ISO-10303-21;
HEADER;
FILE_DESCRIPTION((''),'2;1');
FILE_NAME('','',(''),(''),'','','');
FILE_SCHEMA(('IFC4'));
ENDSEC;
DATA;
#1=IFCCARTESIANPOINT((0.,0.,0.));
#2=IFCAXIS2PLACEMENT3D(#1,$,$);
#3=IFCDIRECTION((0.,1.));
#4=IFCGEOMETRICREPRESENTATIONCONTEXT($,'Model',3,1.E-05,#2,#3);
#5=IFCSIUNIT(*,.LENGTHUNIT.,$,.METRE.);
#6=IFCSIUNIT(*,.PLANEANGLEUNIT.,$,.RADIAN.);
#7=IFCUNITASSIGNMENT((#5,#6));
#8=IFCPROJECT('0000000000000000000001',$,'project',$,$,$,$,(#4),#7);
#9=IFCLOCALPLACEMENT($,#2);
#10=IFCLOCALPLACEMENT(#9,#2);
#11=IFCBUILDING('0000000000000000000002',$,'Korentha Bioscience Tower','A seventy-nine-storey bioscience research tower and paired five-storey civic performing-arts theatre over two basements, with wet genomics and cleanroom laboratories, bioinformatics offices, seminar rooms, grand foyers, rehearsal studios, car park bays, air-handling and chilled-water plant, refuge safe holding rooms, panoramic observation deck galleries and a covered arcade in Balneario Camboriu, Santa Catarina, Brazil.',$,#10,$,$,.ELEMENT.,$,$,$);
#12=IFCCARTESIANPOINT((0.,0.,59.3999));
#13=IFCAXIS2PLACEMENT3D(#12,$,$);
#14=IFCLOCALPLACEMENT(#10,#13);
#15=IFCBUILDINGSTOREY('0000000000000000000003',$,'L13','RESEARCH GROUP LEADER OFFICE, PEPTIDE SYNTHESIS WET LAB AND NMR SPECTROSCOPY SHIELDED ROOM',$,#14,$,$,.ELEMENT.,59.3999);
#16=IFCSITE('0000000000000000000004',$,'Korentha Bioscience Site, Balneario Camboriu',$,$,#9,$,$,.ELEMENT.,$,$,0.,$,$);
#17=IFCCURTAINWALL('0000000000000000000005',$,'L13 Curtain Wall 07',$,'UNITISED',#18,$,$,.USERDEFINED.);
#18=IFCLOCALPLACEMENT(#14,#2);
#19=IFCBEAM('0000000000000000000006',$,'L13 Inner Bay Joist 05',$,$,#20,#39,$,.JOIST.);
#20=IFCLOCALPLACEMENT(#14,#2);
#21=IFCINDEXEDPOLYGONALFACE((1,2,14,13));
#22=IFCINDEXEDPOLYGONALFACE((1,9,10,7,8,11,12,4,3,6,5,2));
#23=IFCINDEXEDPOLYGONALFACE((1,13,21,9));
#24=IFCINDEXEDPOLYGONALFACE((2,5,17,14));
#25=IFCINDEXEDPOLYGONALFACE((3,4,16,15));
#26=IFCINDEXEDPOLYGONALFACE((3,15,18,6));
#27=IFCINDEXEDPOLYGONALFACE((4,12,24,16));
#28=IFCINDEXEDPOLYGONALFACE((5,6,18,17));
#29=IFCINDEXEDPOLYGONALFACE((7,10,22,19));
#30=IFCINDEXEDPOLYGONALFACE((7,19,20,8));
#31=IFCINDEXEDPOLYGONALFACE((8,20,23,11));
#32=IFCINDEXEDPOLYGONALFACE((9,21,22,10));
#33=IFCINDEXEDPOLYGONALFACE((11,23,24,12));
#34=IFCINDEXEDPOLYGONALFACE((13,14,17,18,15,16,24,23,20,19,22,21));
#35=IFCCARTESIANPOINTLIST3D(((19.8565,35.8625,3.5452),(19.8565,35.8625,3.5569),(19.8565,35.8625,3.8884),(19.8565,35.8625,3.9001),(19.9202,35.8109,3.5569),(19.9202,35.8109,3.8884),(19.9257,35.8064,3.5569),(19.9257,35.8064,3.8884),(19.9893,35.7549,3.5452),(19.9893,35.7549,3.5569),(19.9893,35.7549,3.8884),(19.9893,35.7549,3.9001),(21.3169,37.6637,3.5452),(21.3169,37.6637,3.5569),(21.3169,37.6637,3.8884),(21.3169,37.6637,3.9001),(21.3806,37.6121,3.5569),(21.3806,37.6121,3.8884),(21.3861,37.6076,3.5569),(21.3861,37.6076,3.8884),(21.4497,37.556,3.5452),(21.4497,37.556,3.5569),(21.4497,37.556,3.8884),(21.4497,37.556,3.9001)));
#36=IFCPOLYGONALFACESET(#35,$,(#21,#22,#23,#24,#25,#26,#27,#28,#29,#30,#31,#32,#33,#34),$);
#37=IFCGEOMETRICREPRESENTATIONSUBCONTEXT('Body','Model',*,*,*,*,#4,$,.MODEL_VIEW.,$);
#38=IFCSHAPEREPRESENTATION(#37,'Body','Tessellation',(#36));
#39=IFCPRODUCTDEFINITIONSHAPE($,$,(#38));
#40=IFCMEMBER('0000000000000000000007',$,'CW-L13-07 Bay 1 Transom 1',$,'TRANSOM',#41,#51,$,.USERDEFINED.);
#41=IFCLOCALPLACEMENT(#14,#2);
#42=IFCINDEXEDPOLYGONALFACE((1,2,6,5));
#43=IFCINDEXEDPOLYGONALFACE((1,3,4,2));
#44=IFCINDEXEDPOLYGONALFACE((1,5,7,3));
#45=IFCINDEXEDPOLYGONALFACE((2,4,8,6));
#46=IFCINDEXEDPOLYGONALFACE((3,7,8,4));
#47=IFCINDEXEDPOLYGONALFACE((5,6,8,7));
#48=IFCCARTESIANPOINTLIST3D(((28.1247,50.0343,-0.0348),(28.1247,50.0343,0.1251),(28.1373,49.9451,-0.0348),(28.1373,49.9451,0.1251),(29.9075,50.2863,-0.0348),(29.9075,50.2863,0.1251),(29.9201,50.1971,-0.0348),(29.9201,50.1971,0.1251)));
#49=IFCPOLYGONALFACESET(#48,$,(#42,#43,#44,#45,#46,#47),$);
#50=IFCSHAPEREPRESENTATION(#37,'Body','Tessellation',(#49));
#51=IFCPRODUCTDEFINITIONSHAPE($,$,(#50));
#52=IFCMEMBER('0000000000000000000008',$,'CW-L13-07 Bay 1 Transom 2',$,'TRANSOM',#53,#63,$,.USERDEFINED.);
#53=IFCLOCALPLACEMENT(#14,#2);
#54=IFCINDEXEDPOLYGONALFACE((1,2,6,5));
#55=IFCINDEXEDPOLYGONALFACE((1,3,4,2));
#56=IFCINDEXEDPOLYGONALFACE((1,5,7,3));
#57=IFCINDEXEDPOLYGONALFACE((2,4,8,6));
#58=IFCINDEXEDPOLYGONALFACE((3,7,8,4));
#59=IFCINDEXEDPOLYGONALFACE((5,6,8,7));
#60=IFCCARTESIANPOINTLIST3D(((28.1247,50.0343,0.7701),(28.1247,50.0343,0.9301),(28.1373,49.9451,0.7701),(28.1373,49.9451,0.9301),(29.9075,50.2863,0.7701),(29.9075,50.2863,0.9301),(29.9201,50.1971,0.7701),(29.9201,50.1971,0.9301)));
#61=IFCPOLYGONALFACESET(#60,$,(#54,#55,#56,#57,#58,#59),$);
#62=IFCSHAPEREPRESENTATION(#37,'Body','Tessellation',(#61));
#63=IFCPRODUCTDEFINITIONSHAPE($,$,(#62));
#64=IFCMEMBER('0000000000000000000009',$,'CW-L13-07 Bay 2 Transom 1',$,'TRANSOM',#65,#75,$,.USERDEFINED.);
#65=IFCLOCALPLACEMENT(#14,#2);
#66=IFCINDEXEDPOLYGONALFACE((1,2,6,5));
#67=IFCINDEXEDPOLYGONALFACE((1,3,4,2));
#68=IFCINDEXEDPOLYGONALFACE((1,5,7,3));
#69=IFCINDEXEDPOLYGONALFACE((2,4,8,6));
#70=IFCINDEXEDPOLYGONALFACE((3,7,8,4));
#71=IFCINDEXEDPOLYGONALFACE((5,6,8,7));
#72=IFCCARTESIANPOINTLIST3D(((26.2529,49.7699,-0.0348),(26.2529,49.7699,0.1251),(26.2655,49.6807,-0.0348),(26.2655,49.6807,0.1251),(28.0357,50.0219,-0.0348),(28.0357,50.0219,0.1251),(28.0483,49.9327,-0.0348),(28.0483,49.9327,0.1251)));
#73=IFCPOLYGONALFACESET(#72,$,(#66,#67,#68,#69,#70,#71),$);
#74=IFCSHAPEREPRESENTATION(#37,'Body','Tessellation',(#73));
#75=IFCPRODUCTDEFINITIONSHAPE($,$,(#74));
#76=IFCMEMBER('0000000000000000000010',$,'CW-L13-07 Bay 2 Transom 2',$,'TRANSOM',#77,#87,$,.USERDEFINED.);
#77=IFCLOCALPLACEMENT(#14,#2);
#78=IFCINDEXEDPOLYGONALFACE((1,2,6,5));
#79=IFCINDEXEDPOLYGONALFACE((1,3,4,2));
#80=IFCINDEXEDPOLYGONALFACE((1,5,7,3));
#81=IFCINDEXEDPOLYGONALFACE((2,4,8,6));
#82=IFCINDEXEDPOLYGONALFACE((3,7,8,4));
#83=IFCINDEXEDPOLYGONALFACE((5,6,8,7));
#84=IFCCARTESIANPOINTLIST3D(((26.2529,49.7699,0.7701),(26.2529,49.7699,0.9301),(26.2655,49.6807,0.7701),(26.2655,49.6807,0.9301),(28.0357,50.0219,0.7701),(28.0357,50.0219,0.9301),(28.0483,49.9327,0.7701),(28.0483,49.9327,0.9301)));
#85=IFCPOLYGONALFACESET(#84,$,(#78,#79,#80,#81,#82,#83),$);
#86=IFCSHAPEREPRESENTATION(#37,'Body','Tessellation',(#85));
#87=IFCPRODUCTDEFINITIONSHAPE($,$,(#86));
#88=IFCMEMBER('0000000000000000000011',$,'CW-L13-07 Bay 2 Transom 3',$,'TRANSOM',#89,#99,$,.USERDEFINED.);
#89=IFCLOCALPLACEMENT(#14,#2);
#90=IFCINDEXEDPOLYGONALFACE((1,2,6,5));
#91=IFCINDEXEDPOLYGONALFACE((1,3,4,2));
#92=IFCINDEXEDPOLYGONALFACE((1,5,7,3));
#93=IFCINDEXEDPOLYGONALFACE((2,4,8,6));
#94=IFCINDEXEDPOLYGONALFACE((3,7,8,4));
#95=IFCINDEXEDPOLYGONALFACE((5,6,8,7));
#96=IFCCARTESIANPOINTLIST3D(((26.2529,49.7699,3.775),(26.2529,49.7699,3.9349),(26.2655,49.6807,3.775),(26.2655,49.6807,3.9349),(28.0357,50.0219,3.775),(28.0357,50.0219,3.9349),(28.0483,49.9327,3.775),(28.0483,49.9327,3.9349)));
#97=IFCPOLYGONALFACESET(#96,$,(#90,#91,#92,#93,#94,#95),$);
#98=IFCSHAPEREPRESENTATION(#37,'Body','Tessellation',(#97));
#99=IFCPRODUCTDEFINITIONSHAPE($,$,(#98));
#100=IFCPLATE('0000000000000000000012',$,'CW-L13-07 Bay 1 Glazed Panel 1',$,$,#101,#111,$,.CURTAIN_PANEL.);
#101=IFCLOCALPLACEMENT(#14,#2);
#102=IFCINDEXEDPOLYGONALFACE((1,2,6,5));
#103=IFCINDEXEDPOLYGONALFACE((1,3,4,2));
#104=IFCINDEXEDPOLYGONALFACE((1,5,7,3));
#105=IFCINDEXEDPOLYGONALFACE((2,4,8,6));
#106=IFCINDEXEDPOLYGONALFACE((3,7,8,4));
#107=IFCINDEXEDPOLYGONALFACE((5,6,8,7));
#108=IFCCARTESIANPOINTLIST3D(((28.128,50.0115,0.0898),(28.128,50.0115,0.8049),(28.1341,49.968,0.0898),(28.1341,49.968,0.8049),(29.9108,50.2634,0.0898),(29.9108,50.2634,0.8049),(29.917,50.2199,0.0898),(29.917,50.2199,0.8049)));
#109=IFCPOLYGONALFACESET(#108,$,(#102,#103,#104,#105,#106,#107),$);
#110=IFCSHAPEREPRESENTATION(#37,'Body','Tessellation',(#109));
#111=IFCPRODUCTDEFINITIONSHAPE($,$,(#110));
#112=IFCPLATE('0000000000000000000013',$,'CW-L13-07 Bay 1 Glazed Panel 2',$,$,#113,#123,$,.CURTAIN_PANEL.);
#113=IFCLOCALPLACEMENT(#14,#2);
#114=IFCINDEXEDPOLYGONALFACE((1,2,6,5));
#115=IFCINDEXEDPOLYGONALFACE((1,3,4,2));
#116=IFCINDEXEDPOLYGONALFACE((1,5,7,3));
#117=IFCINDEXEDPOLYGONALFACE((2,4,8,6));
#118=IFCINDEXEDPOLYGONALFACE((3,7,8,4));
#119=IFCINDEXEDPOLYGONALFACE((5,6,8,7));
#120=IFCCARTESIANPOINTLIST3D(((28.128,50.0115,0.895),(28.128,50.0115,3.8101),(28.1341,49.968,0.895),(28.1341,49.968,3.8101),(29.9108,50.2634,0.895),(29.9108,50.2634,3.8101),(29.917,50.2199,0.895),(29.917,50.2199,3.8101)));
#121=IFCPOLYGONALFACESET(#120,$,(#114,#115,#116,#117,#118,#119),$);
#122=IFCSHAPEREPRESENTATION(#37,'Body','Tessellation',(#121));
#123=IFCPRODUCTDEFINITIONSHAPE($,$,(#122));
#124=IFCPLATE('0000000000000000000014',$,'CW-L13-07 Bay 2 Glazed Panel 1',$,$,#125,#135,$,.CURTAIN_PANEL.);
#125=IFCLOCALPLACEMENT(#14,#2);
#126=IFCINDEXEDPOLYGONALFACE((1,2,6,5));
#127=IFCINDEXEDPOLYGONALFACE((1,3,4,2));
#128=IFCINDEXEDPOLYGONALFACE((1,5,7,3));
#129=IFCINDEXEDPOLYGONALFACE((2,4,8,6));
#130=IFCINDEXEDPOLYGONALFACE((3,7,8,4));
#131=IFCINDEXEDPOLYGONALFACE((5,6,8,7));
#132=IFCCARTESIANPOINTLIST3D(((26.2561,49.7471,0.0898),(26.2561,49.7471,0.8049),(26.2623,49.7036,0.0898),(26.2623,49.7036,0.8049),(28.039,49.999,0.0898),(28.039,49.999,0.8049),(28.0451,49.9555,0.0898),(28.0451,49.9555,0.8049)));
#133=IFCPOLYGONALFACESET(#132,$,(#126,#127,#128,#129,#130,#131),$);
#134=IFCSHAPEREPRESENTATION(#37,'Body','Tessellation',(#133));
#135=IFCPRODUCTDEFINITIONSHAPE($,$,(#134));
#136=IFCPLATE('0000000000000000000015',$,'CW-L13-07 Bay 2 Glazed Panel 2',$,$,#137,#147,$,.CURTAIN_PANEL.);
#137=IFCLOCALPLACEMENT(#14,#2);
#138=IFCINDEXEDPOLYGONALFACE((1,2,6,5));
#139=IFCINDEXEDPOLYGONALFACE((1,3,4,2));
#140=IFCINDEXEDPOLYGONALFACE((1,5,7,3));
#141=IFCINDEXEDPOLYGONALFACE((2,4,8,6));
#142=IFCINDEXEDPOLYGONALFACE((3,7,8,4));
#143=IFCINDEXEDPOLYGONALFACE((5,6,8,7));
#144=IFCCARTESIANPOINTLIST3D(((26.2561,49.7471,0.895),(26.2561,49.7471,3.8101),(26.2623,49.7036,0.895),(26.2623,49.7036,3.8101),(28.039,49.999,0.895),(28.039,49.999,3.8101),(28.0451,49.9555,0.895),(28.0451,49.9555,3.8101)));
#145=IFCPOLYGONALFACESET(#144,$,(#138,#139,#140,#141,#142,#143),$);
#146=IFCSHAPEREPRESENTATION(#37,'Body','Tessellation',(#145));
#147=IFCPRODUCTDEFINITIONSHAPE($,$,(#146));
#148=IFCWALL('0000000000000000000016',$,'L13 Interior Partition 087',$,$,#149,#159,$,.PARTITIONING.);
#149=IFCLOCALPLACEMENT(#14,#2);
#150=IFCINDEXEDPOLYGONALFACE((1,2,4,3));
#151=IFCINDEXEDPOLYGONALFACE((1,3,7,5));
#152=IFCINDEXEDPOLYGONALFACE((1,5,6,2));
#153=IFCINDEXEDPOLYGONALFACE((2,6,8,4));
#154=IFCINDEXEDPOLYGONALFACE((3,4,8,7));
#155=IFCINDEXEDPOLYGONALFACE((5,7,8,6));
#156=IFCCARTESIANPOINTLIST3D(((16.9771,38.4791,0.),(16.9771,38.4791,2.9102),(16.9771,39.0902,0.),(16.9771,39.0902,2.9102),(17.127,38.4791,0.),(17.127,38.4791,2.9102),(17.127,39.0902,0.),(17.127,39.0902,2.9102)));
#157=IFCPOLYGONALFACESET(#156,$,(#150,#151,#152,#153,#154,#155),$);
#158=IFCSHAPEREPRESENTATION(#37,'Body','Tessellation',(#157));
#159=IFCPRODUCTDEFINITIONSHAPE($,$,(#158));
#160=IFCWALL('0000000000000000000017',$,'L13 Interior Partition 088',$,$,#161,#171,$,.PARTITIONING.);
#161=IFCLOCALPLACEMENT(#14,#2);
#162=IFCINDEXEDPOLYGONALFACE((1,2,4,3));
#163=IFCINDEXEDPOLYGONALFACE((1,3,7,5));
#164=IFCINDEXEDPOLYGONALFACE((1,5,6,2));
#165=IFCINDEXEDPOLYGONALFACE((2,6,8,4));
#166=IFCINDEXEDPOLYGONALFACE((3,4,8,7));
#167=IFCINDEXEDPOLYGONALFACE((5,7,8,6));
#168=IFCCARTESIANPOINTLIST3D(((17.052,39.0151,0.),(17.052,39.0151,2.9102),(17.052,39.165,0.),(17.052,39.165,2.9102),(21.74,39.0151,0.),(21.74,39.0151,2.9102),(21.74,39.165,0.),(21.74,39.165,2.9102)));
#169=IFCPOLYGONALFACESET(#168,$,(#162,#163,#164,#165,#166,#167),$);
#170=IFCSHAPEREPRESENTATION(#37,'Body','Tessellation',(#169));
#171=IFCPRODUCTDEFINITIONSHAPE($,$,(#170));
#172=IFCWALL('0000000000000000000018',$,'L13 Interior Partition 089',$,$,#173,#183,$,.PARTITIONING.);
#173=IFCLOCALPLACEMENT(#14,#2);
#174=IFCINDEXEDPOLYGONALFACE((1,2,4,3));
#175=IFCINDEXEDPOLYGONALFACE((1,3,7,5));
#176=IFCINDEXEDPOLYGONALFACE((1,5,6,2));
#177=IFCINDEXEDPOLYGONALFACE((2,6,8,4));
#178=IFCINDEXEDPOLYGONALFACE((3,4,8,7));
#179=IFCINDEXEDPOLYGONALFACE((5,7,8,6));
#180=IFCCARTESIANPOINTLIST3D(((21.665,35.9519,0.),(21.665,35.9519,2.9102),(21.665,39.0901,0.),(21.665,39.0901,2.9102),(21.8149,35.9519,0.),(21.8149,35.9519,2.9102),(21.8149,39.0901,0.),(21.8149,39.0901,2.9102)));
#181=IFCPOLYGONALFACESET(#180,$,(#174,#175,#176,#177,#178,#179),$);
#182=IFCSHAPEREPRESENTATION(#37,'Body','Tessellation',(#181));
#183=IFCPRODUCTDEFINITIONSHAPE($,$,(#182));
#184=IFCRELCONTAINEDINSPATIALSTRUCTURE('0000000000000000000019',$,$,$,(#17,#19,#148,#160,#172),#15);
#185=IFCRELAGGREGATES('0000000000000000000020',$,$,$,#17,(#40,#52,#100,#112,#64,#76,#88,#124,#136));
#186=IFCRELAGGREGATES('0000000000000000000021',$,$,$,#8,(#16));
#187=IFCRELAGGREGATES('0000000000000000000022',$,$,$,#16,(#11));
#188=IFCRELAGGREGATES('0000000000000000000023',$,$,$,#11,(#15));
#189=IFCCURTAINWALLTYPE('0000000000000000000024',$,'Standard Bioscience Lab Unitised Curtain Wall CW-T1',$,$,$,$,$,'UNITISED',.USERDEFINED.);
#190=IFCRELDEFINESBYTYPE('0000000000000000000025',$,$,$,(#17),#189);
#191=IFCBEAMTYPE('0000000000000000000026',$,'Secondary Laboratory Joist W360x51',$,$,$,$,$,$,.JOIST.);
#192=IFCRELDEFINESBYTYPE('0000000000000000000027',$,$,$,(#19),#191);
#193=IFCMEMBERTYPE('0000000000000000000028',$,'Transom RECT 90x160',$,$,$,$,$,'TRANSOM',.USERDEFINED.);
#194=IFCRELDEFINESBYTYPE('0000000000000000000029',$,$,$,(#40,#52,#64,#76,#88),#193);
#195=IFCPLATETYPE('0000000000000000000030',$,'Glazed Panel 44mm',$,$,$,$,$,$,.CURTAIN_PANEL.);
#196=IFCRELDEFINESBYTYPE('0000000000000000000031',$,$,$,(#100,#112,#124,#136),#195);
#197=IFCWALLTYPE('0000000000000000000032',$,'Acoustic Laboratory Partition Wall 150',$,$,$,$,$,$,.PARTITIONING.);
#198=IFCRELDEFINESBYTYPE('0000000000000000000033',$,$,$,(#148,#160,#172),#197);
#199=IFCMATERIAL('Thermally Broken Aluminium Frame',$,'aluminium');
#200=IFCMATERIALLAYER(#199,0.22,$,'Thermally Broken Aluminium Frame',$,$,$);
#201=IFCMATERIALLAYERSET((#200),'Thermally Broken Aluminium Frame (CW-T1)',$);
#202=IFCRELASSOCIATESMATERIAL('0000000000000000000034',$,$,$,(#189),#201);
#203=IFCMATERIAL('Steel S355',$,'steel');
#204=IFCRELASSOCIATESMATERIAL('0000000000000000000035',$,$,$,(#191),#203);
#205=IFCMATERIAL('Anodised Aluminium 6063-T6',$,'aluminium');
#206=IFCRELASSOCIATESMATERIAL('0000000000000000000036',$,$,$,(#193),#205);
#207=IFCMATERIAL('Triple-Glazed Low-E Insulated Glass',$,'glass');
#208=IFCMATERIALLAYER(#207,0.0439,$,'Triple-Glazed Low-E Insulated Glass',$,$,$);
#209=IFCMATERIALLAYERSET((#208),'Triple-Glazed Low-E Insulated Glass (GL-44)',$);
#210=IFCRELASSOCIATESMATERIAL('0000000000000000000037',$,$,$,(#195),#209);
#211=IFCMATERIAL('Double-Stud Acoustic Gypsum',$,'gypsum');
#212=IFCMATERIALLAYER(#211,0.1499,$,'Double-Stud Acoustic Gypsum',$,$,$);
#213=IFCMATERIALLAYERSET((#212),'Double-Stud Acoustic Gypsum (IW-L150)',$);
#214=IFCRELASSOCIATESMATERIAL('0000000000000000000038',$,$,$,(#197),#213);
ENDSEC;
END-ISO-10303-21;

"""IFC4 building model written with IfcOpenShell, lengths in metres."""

from ifc_helpers import new_model, si_unit, direction, frame, frame_2d, origin, origin_2d, place, context, subcontext, project, spatial, rectangle, i_section, extrude, material, layer, layer_set, material_profile, profile_set, type_object, element, aggregate, save


model = new_model("IFC4")

# Units and contexts
model_context = context("Model", 3, precision=1e-05, world=origin(), true_north=direction((0.0, 1.0)))
body_context = subcontext(model_context, "Body", "Model", "MODEL_VIEW")
ifc_project = project(units=[si_unit("LENGTHUNIT", "METRE"), si_unit("PLANEANGLEUNIT", "RADIAN")], contexts=[model_context])

# Site, building, storey
site_placement = place(None, origin())
site = spatial("IfcSite", under=ifc_project, at=site_placement, Name="Korentha Bioscience Site, Balneario Camboriu", CompositionType="ELEMENT", RefElevation=0.0)
building_placement = place(site_placement, origin())
building = spatial("IfcBuilding", under=site, at=building_placement, Name="Korentha Bioscience Tower", Description="A seventy-nine-storey bioscience research tower and paired five-storey civic performing-arts theatre over two basements, with wet genomics and cleanroom laboratories, bioinformatics offices, seminar rooms, grand foyers, rehearsal studios, car park bays, air-handling and chilled-water plant, refuge safe holding rooms, panoramic observation deck galleries and a covered arcade in Balneario Camboriu, Santa Catarina, Brazil.", CompositionType="ELEMENT")
storey_placement = place(building_placement, frame((0.0, 0.0, 59.3999)))
storey = spatial("IfcBuildingStorey", under=building, at=storey_placement, Name="L13", Description="RESEARCH GROUP LEADER OFFICE, PEPTIDE SYNTHESIS WET LAB AND NMR SPECTROSCOPY SHIELDED ROOM", CompositionType="ELEMENT", Elevation=59.3999)

# Shared definitions
ifc_material_1 = material(Name="Steel S355", Category="steel")

# Curtain wall
ifc_material_2 = material(Name="Thermally Broken Aluminium Frame", Category="aluminium")
ifc_layer_1 = layer(ifc_material_2, 0.22, Name="Thermally Broken Aluminium Frame")
ifc_layer_set_1 = layer_set([ifc_layer_1], Name="Thermally Broken Aluminium Frame (CW-T1)")
curtain_wall_type = type_object("IfcCurtainWallType", Name="Standard Bioscience Lab Unitised Curtain Wall CW-T1", ElementType="UNITISED", PredefinedType="USERDEFINED", material=ifc_layer_set_1)
curtain_wall_placement = place(storey_placement, origin())
curtain_wall = element("IfcCurtainWall", 1, at=curtain_wall_placement, inside=storey, type_object=curtain_wall_type, Name="L13 Curtain Wall 07", ObjectType="UNITISED", PredefinedType="USERDEFINED")
ifc_material_3 = material(Name="Anodised Aluminium 6063-T6", Category="aluminium")

# Beam
ifc_material_profile_1 = material_profile(ifc_material_1, i_section(OverallWidth=0.1709, OverallDepth=0.355, WebThickness=0.0071, FlangeThickness=0.0117, at=origin_2d()), Name="Steel S355")
ifc_profile_set_1 = profile_set([ifc_material_profile_1], Name="Steel S355 (JB-360)")
beam_type_1 = type_object("IfcBeamType", Name="Secondary Laboratory Joist W360x51", PredefinedType="JOIST", material=ifc_profile_set_1)
beam_1_placement = place(storey_placement, frame((21.3833, 37.6099, 3.7227), z_axis=(-0.629792, -0.776764, 0.0), x_axis=(0.776764, -0.629792, 0.0)))
element("IfcBeam", 2, at=beam_1_placement, inside=storey, type_object=beam_type_1, Name="L13 Inner Bay Joist 05", PredefinedType="JOIST", context=body_context, shape_type="SweptSolid", body=[
    extrude(i_section(OverallWidth=0.1709, OverallDepth=0.355, WebThickness=0.0071, FlangeThickness=0.0117, at=origin_2d()), origin(), (0.0, 0.0, 1.0), 2.3188),
])

# Members
ifc_material_profile_2 = material_profile(ifc_material_3, rectangle(XDim=0.0901, YDim=0.1599, at=origin_2d()), Name="Anodised Aluminium 6063-T6")
ifc_profile_set_2 = profile_set([ifc_material_profile_2], Name="Anodised Aluminium 6063-T6 (CW-TRN)")
member_type_1 = type_object("IfcMemberType", Name="Transom RECT 90x160", ElementType="TRANSOM", PredefinedType="USERDEFINED", material=ifc_profile_set_2)
member_1_placement = place(storey_placement, frame((29.9138, 50.2417, 0.0452), z_axis=(-0.99016, -0.13994, 0.0), x_axis=(0.13994, -0.99016, 0.0)))
member_1 = element("IfcMember", 3, at=member_1_placement, type_object=member_type_1, Name="CW-L13-07 Bay 1 Transom 1", ObjectType="TRANSOM", PredefinedType="USERDEFINED", context=body_context, shape_type="SweptSolid", body=[
    extrude(rectangle(XDim=0.0901, YDim=0.1599, at=origin_2d()), origin(), (0.0, 0.0, 1.0), 1.8005),
])
member_2_placement = place(storey_placement, frame((29.9138, 50.2417, 0.8501), z_axis=(-0.99016, -0.13994, 0.0), x_axis=(0.13994, -0.99016, 0.0)))
member_2 = element("IfcMember", 4, at=member_2_placement, type_object=member_type_1, Name="CW-L13-07 Bay 1 Transom 2", ObjectType="TRANSOM", PredefinedType="USERDEFINED", context=body_context, shape_type="SweptSolid", body=[
    extrude(rectangle(XDim=0.0901, YDim=0.1599, at=origin_2d()), origin(), (0.0, 0.0, 1.0), 1.8005),
])
member_3_placement = place(storey_placement, frame((28.042, 49.9773, 0.0452), z_axis=(-0.99016, -0.13994, 0.0), x_axis=(0.13994, -0.99016, 0.0)))
member_3 = element("IfcMember", 5, at=member_3_placement, type_object=member_type_1, Name="CW-L13-07 Bay 2 Transom 1", ObjectType="TRANSOM", PredefinedType="USERDEFINED", context=body_context, shape_type="SweptSolid", body=[
    extrude(rectangle(XDim=0.0901, YDim=0.1599, at=origin_2d()), origin(), (0.0, 0.0, 1.0), 1.8005),
])
member_4_placement = place(storey_placement, frame((28.042, 49.9773, 0.8501), z_axis=(-0.99016, -0.13994, 0.0), x_axis=(0.13994, -0.99016, 0.0)))
member_4 = element("IfcMember", 6, at=member_4_placement, type_object=member_type_1, Name="CW-L13-07 Bay 2 Transom 2", ObjectType="TRANSOM", PredefinedType="USERDEFINED", context=body_context, shape_type="SweptSolid", body=[
    extrude(rectangle(XDim=0.0901, YDim=0.1599, at=origin_2d()), origin(), (0.0, 0.0, 1.0), 1.8005),
])
member_5_placement = place(storey_placement, frame((28.042, 49.9773, 3.855), z_axis=(-0.99016, -0.13994, 0.0), x_axis=(0.13994, -0.99016, 0.0)))
member_5 = element("IfcMember", 7, at=member_5_placement, type_object=member_type_1, Name="CW-L13-07 Bay 2 Transom 3", ObjectType="TRANSOM", PredefinedType="USERDEFINED", context=body_context, shape_type="SweptSolid", body=[
    extrude(rectangle(XDim=0.0901, YDim=0.1599, at=origin_2d()), origin(), (0.0, 0.0, 1.0), 1.8005),
])

# Plates
ifc_material_4 = material(Name="Triple-Glazed Low-E Insulated Glass", Category="glass")
ifc_layer_2 = layer(ifc_material_4, 0.0439, Name="Triple-Glazed Low-E Insulated Glass")
ifc_layer_set_2 = layer_set([ifc_layer_2], Name="Triple-Glazed Low-E Insulated Glass (GL-44)")
plate_type = type_object("IfcPlateType", Name="Glazed Panel 44mm", PredefinedType="CURTAIN_PANEL", material=ifc_layer_set_2)
plate_1_placement = place(storey_placement, frame((29.0225, 50.1157, 0.0898), z_axis=(0.0, 0.0, 1.0), x_axis=(-0.990167, -0.139888, 0.0)))
plate_1 = element("IfcPlate", 8, at=plate_1_placement, type_object=plate_type, Name="CW-L13-07 Bay 1 Glazed Panel 1", PredefinedType="CURTAIN_PANEL", context=body_context, shape_type="SweptSolid", body=[
    extrude(rectangle(XDim=1.8005, YDim=0.0439, at=origin_2d()), origin(), (0.0, 0.0, 1.0), 0.7151),
])
plate_2_placement = place(storey_placement, frame((29.0225, 50.1157, 0.895), z_axis=(0.0, 0.0, 1.0), x_axis=(-0.990167, -0.139888, 0.0)))
plate_2 = element("IfcPlate", 9, at=plate_2_placement, type_object=plate_type, Name="CW-L13-07 Bay 1 Glazed Panel 2", PredefinedType="CURTAIN_PANEL", context=body_context, shape_type="SweptSolid", body=[
    extrude(rectangle(XDim=1.8005, YDim=0.0439, at=origin_2d()), origin(), (0.0, 0.0, 1.0), 2.915),
])
plate_3_placement = place(storey_placement, frame((27.1506, 49.8513, 0.0898), z_axis=(0.0, 0.0, 1.0), x_axis=(-0.990167, -0.139888, 0.0)))
plate_3 = element("IfcPlate", 10, at=plate_3_placement, type_object=plate_type, Name="CW-L13-07 Bay 2 Glazed Panel 1", PredefinedType="CURTAIN_PANEL", context=body_context, shape_type="SweptSolid", body=[
    extrude(rectangle(XDim=1.8005, YDim=0.0439, at=origin_2d()), origin(), (0.0, 0.0, 1.0), 0.7151),
])
plate_4_placement = place(storey_placement, frame((27.1506, 49.8513, 0.895), z_axis=(0.0, 0.0, 1.0), x_axis=(-0.990167, -0.139888, 0.0)))
plate_4 = element("IfcPlate", 11, at=plate_4_placement, type_object=plate_type, Name="CW-L13-07 Bay 2 Glazed Panel 2", PredefinedType="CURTAIN_PANEL", context=body_context, shape_type="SweptSolid", body=[
    extrude(rectangle(XDim=1.8005, YDim=0.0439, at=origin_2d()), origin(), (0.0, 0.0, 1.0), 2.915),
])
aggregate(curtain_wall, [member_1, member_2, plate_1, plate_2, member_3, member_4, member_5, plate_3, plate_4])

# Walls
ifc_material_5 = material(Name="Double-Stud Acoustic Gypsum", Category="gypsum")
ifc_layer_3 = layer(ifc_material_5, 0.1499, Name="Double-Stud Acoustic Gypsum")
ifc_layer_set_3 = layer_set([ifc_layer_3], Name="Double-Stud Acoustic Gypsum (IW-L150)")
wall_type_1 = type_object("IfcWallType", Name="Acoustic Laboratory Partition Wall 150", PredefinedType="PARTITIONING", material=ifc_layer_set_3)
wall_1_placement = place(storey_placement, frame((17.052, 38.479, 0.0), z_axis=(0.0, 0.0, 1.0), x_axis=(0.0, 1.0, 0.0)))
element("IfcWall", 12, at=wall_1_placement, inside=storey, type_object=wall_type_1, Name="L13 Interior Partition 087", PredefinedType="PARTITIONING", context=body_context, shape_type="SweptSolid", body=[
    extrude(rectangle(XDim=0.6111, YDim=0.1499, at=frame_2d((0.3057, 0.0))), origin(), (0.0, 0.0, 1.0), 2.9102),
])
wall_2_placement = place(storey_placement, frame((17.052, 39.0901, 0.0), z_axis=(0.0, 0.0, 1.0), x_axis=(1.0, 0.0, 0.0)))
element("IfcWall", 13, at=wall_2_placement, inside=storey, type_object=wall_type_1, Name="L13 Interior Partition 088", PredefinedType="PARTITIONING", context=body_context, shape_type="SweptSolid", body=[
    extrude(rectangle(XDim=4.688, YDim=0.1499, at=frame_2d((2.344, 0.0))), origin(), (0.0, 0.0, 1.0), 2.9102),
])
wall_3_placement = place(storey_placement, frame((21.74, 39.0901, 0.0), z_axis=(0.0, 0.0, 1.0), x_axis=(0.0, -1.0, 0.0)))
element("IfcWall", 14, at=wall_3_placement, inside=storey, type_object=wall_type_1, Name="L13 Interior Partition 089", PredefinedType="PARTITIONING", context=body_context, shape_type="SweptSolid", body=[
    extrude(rectangle(XDim=3.1382, YDim=0.1499, at=frame_2d((1.5691, 0.0))), origin(), (0.0, 0.0, 1.0), 2.9102),
])

save(model, "model.ifc")
